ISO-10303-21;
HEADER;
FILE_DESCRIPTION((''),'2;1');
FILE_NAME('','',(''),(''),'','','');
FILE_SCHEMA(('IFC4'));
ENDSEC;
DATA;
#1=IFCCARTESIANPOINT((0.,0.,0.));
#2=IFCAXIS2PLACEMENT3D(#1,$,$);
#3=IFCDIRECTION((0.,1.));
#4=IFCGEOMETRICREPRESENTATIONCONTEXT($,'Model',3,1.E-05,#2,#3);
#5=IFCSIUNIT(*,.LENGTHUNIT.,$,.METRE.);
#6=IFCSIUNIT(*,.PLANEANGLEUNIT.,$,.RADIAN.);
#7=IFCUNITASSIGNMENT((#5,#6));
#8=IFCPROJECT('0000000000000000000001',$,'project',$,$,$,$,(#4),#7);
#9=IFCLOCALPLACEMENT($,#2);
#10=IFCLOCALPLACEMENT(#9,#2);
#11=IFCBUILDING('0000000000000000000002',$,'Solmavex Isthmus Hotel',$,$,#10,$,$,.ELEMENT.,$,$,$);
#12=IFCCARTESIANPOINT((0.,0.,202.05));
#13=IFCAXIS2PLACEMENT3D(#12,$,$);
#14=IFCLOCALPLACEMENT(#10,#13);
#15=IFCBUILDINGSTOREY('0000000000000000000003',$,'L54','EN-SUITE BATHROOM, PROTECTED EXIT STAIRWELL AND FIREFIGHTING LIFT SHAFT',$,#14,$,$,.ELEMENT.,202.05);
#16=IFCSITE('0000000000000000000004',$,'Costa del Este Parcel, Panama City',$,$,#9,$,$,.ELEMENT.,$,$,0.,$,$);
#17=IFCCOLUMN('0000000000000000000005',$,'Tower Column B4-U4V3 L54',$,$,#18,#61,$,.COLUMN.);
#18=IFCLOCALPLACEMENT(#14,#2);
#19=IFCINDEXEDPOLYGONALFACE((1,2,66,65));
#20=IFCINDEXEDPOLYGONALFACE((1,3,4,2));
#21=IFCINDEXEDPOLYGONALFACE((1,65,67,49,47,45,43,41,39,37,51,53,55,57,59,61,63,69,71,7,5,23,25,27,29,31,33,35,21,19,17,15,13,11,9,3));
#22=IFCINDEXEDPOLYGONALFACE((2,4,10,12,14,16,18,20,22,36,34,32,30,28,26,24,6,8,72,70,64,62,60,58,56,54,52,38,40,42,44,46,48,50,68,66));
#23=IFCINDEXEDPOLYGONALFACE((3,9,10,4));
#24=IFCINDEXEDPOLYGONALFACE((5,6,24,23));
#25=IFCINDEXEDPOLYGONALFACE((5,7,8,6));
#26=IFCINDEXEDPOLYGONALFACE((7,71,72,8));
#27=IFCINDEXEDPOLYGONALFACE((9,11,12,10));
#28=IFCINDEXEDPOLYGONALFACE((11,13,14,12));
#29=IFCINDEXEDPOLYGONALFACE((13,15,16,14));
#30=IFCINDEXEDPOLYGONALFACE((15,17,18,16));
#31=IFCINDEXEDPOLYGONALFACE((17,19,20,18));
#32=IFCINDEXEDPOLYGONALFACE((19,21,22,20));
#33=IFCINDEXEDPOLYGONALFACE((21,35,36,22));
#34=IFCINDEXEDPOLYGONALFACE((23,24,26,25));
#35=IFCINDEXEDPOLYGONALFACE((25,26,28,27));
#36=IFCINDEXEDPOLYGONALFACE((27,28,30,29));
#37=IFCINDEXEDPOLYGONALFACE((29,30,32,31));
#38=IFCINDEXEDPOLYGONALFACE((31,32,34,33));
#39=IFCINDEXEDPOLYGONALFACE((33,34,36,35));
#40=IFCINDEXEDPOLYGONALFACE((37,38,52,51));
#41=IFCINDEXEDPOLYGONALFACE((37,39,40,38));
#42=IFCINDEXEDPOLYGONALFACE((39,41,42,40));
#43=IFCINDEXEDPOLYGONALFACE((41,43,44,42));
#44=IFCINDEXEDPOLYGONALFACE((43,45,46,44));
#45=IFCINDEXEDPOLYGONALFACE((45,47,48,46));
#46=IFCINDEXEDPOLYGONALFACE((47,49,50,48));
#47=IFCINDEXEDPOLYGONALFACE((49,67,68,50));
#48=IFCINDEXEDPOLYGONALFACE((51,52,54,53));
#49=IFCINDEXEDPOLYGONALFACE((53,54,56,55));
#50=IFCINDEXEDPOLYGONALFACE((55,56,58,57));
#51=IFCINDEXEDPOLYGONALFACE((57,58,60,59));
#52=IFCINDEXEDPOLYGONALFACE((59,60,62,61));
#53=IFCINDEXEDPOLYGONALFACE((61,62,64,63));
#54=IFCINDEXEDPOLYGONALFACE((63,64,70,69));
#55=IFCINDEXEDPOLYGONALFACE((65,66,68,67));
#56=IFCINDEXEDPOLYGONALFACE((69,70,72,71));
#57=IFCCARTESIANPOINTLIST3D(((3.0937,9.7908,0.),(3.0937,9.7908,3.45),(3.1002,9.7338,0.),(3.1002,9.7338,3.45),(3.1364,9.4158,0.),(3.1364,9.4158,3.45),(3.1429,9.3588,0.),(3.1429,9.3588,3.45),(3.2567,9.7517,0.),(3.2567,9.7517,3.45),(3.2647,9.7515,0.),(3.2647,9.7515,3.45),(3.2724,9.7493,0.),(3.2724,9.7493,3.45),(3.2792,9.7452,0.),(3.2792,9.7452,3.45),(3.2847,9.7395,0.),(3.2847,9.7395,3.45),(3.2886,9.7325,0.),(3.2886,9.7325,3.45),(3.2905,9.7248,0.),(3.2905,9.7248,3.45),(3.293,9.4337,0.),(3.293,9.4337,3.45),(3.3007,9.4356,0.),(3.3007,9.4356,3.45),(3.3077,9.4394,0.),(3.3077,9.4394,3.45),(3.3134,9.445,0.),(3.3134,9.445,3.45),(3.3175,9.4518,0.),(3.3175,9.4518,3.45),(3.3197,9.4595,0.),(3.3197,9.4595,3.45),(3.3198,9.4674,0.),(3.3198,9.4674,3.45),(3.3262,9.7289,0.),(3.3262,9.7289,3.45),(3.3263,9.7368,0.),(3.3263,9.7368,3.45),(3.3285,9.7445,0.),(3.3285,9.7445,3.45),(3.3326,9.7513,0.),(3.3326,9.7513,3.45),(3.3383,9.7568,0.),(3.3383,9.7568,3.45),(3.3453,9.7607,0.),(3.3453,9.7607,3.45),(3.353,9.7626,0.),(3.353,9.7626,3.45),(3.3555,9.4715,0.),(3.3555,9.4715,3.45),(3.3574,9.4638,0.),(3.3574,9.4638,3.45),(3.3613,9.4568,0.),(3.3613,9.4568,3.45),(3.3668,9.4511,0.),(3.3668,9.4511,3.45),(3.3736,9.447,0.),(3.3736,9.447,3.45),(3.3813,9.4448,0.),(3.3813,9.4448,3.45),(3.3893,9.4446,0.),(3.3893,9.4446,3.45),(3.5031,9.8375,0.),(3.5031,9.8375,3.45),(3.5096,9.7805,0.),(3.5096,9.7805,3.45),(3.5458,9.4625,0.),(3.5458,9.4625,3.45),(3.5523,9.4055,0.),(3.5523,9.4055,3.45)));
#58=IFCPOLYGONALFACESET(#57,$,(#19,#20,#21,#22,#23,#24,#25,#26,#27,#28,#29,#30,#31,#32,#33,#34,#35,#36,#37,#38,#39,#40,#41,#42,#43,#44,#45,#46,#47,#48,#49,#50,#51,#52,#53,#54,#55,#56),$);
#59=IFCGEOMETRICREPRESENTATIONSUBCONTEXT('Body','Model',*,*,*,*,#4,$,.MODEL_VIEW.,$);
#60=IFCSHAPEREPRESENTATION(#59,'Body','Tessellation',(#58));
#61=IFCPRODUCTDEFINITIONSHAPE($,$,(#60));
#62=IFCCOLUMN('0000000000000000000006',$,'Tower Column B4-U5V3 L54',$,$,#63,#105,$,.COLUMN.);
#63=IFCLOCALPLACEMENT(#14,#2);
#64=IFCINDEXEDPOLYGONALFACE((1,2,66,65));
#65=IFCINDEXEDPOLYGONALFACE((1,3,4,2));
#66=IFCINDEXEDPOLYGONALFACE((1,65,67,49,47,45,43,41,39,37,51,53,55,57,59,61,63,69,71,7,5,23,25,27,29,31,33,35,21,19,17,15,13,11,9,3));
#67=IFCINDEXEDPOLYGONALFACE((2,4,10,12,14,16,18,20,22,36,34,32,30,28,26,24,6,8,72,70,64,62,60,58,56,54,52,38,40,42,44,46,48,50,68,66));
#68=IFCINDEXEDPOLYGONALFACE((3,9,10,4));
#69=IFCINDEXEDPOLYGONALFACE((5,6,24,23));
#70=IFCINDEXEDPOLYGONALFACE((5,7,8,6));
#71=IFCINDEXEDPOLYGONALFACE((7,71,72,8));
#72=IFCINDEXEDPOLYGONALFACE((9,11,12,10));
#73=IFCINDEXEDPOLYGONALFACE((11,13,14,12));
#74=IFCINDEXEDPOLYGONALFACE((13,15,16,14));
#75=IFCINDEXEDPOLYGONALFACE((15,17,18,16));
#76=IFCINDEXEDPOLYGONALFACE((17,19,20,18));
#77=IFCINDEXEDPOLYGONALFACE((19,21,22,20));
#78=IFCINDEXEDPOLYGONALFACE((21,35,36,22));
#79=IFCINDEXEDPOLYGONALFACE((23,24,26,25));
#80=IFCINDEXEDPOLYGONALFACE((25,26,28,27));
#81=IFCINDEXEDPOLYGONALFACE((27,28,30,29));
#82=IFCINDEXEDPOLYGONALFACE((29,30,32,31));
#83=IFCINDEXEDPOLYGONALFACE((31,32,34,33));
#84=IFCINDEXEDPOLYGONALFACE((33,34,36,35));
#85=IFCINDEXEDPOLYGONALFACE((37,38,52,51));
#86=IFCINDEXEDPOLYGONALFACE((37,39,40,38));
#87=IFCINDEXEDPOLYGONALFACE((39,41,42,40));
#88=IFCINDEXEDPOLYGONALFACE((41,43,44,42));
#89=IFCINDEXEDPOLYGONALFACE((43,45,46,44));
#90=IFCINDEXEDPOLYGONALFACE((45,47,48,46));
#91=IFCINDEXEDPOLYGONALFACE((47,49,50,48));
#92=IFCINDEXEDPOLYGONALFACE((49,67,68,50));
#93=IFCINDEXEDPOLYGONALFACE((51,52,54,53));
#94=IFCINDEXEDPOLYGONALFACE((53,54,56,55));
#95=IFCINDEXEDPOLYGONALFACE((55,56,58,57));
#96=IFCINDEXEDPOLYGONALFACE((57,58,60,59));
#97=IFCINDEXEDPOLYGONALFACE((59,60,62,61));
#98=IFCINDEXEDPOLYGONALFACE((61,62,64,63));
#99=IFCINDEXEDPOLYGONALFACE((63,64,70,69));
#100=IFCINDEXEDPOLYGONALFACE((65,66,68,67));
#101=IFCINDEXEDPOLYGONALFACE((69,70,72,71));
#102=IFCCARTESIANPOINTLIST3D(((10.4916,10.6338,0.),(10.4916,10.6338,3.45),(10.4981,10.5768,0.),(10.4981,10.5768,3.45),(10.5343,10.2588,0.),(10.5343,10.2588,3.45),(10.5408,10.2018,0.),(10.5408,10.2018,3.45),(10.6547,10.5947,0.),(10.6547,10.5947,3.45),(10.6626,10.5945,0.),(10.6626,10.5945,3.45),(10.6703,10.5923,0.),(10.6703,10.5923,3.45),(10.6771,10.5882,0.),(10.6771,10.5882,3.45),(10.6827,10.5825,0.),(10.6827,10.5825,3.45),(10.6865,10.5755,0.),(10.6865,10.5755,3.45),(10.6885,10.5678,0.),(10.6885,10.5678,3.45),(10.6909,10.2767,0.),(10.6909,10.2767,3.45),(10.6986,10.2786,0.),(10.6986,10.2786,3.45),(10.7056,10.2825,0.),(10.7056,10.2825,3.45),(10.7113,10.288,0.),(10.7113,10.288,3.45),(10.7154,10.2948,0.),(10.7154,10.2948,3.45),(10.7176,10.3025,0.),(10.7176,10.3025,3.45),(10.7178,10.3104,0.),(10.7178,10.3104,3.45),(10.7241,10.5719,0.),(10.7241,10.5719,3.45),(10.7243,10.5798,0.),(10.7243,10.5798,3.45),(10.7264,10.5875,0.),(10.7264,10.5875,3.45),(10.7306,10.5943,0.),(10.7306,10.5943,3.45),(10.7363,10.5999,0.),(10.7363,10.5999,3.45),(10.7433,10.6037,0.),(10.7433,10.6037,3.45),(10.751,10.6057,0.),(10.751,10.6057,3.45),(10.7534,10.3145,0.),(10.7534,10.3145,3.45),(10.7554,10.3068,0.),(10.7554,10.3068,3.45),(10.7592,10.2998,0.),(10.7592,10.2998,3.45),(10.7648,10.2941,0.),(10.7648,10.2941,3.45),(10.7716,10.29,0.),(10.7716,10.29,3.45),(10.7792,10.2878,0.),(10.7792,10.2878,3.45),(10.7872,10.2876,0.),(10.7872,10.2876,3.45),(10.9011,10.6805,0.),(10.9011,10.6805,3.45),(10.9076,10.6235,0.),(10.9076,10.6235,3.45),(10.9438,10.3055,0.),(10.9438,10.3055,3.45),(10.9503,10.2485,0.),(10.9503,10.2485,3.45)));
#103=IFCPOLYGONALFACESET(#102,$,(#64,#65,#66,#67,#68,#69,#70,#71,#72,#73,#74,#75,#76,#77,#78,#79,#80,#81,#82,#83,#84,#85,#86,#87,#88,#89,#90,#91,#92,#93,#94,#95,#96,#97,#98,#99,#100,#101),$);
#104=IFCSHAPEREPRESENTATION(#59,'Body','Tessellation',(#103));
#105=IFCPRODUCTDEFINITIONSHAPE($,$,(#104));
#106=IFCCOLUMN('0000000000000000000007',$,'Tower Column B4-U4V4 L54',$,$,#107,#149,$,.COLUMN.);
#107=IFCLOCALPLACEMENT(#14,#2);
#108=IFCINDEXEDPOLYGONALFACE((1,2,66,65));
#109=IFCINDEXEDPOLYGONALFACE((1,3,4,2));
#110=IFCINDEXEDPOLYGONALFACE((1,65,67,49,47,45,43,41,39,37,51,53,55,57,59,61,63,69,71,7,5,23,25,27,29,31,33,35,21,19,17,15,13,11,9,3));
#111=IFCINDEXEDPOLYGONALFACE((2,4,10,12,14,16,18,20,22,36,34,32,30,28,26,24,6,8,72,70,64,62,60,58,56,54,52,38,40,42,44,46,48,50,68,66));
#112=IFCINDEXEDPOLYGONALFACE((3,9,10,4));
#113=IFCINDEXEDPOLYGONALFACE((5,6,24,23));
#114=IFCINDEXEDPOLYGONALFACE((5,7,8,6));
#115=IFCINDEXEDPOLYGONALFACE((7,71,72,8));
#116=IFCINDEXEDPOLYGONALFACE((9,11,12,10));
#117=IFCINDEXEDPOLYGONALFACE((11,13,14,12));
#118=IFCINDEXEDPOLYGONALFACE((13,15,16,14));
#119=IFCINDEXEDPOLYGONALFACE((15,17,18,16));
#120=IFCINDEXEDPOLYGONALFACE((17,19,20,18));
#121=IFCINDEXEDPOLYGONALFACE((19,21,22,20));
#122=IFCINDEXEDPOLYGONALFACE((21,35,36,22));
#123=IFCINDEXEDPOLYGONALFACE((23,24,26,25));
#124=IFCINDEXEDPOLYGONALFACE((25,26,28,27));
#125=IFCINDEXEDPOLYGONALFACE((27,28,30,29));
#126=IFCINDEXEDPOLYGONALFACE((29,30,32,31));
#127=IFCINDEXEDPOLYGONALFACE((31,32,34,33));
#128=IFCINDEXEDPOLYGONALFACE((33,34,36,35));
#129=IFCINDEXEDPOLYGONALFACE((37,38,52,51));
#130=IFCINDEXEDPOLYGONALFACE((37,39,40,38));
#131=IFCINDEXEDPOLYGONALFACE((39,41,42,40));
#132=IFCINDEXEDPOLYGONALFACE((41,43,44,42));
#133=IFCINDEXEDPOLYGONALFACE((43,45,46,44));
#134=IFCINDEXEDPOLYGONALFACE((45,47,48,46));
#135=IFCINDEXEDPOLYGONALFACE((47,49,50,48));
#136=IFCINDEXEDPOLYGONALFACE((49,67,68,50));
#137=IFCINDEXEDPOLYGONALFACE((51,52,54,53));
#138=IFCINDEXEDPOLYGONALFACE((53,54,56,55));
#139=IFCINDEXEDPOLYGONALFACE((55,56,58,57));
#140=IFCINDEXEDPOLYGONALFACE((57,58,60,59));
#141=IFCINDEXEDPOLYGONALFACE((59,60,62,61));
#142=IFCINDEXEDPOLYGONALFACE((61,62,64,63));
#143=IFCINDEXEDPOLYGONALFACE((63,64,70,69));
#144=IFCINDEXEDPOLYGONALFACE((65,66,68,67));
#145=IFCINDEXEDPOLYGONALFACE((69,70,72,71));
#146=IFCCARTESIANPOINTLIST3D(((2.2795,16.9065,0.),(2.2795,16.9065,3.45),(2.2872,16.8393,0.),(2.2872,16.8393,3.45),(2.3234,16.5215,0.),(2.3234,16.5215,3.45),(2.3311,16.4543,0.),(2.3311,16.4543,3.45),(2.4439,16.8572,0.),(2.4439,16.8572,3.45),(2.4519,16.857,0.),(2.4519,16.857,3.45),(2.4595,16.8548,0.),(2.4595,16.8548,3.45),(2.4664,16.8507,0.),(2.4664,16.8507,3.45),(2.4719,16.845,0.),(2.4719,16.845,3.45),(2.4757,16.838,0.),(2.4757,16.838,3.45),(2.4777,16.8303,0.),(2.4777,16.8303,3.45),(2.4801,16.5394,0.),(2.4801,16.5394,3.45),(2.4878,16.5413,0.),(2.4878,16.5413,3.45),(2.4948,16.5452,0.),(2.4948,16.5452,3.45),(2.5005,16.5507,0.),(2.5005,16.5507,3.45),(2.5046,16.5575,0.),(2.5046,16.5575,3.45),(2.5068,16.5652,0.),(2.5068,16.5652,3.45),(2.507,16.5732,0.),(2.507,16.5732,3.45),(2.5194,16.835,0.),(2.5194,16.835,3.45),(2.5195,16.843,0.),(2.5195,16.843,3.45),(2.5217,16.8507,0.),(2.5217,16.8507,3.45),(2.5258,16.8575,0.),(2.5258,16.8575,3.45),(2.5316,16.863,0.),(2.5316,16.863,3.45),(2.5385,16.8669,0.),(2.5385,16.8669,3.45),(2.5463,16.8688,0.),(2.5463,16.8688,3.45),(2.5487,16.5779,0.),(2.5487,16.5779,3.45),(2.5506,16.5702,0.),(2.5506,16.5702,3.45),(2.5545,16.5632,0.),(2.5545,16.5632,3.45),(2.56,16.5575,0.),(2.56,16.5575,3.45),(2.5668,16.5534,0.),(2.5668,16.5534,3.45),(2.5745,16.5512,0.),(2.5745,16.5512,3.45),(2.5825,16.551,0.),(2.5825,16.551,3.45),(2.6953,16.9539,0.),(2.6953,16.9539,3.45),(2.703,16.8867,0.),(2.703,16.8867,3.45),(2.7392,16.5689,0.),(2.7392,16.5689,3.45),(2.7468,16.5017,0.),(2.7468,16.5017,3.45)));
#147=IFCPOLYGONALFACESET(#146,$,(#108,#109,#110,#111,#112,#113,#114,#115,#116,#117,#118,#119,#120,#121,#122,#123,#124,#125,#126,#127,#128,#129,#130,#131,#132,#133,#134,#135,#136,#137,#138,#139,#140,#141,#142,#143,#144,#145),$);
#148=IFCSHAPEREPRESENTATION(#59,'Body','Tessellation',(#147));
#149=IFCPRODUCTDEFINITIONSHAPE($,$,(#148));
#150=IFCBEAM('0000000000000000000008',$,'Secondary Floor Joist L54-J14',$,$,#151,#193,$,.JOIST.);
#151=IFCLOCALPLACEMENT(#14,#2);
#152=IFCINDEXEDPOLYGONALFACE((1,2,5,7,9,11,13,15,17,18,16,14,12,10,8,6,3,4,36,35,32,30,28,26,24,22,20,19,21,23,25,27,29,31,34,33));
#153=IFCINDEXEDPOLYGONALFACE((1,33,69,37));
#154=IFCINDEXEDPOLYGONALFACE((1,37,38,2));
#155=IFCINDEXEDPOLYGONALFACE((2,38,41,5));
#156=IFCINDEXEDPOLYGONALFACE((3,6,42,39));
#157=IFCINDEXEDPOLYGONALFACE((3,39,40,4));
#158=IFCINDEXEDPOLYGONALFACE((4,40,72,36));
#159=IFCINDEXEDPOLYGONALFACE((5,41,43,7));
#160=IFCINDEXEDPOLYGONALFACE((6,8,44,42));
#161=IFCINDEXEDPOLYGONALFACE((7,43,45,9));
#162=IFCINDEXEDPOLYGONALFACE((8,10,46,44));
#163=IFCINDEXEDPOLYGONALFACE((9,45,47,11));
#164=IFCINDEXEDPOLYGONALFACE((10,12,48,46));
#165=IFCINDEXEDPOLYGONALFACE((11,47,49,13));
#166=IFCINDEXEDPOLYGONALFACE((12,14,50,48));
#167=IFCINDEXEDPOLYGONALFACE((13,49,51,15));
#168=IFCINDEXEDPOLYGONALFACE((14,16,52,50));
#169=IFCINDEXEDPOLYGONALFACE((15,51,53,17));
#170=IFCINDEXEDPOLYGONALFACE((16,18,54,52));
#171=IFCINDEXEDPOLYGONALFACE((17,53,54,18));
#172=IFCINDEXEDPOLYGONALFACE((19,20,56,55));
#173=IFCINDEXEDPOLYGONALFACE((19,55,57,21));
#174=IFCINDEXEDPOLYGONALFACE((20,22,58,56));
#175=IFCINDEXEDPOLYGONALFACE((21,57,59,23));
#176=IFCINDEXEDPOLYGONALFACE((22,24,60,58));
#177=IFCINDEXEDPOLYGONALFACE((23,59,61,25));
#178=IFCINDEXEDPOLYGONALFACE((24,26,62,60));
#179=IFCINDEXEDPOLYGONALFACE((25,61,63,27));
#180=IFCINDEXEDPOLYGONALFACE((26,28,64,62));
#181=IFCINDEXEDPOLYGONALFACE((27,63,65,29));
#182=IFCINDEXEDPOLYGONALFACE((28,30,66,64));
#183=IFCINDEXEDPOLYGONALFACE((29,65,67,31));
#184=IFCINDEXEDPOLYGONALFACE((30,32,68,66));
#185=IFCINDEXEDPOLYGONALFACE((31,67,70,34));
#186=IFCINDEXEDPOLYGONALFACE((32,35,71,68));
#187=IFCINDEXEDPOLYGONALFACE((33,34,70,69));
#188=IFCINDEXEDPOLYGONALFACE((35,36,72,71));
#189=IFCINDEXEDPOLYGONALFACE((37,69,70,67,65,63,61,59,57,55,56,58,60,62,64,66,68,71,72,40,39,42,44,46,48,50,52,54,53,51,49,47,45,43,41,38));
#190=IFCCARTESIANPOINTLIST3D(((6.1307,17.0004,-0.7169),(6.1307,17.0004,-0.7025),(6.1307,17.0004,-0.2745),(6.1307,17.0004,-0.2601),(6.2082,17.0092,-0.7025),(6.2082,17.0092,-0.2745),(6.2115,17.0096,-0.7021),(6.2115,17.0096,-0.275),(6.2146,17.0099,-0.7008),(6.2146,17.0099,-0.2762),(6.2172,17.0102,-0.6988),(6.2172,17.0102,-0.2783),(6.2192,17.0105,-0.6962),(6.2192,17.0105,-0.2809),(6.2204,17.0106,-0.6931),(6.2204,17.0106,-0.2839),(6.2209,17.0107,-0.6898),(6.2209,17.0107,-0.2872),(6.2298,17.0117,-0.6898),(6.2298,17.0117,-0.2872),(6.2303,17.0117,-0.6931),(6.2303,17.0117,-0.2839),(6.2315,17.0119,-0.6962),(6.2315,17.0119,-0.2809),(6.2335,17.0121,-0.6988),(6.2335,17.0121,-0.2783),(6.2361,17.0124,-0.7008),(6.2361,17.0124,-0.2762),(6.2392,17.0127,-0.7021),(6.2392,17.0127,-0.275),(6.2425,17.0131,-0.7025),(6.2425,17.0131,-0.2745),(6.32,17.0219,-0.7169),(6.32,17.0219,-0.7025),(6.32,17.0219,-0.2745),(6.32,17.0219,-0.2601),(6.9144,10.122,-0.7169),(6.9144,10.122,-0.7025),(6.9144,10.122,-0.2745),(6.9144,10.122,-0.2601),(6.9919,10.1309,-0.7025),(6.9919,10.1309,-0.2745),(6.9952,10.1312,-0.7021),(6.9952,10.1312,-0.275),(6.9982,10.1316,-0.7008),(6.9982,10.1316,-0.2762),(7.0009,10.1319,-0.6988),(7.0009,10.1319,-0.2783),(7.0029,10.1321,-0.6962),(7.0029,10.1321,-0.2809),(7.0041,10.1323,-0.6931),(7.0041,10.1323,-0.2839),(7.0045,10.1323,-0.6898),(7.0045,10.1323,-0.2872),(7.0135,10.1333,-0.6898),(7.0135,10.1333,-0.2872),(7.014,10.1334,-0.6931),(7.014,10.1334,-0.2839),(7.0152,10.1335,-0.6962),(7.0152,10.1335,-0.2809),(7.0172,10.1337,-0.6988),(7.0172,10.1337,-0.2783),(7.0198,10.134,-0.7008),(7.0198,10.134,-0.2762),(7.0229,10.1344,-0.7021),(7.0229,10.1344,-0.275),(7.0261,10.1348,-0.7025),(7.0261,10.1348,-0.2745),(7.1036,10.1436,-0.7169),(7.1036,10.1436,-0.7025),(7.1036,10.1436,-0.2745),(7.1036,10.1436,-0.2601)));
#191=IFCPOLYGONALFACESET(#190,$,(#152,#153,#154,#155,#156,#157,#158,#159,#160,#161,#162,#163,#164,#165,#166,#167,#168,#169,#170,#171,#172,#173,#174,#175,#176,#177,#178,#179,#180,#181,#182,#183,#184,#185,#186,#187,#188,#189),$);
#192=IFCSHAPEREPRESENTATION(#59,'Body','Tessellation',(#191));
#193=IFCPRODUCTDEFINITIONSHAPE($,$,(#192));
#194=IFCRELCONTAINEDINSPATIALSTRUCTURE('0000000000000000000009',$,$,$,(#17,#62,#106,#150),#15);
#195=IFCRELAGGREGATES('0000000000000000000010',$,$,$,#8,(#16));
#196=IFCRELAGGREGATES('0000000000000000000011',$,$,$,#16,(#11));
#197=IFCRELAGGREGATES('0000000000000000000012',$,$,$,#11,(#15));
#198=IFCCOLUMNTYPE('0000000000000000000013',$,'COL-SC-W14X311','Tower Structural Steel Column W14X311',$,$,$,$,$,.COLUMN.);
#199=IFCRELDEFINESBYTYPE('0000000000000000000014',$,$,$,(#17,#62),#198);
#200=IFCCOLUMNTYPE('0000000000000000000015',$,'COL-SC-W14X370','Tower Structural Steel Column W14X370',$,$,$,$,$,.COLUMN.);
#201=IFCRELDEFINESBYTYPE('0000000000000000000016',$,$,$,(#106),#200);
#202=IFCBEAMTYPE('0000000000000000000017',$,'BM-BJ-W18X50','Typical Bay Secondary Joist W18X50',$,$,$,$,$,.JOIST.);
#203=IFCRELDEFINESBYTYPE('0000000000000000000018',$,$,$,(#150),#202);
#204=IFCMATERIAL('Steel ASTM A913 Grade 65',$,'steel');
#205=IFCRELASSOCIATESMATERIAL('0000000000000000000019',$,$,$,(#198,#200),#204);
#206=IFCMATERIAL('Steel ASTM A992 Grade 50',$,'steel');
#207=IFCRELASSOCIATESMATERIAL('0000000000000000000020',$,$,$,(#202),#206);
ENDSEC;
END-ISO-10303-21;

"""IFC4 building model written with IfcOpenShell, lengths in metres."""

from ifc_helpers import new_model, si_unit, direction, frame, origin, origin_2d, place, context, subcontext, project, spatial, i_section, extrude, material, material_profile, profile_set, type_object, element, save


model = new_model("IFC4")

# Units and contexts
model_context = context("Model", 3, precision=1e-05, world=origin(), true_north=direction((0.0, 1.0)))
body_context = subcontext(model_context, "Body", "Model", "MODEL_VIEW")
ifc_project = project(units=[si_unit("LENGTHUNIT", "METRE"), si_unit("PLANEANGLEUNIT", "RADIAN")], contexts=[model_context])

# Site, building, storey
site_placement = place(None, origin())
site = spatial("IfcSite", under=ifc_project, at=site_placement, Name="Costa del Este Parcel, Panama City", CompositionType="ELEMENT", RefElevation=0.0)
building_placement = place(site_placement, origin())
building = spatial("IfcBuilding", under=site, at=building_placement, Name="Solmavex Isthmus Hotel", CompositionType="ELEMENT")
storey_placement = place(building_placement, frame((0.0, 0.0, 202.05)))
storey = spatial("IfcBuildingStorey", under=building, at=storey_placement, Name="L54", Description="EN-SUITE BATHROOM, PROTECTED EXIT STAIRWELL AND FIREFIGHTING LIFT SHAFT", CompositionType="ELEMENT", Elevation=202.05)

# Columns
ifc_material_1 = material(Name="Steel ASTM A913 Grade 65", Category="steel")
ifc_material_profile_1 = material_profile(ifc_material_1, i_section(OverallWidth=0.4121, OverallDepth=0.4348, WebThickness=0.0359, FlangeThickness=0.0574, FilletRadius=0.0305, at=origin_2d()), Name="W14X311")
ifc_profile_set_1 = profile_set([ifc_material_profile_1], Name="Steel ASTM A913 Grade 65")
column_type_1 = type_object("IfcColumnType", Name="COL-SC-W14X311", Description="Tower Structural Steel Column W14X311", PredefinedType="COLUMN", material=ifc_profile_set_1)
for number, where, z_axis, x_axis, name in (
    (1, (3.323, 9.5981, 0.0), (0.0, 0.0, 1.0), (0.993572, 0.113203, 0.0), "Tower Column B4-U4V3 L54"),
    (2, (10.7209, 10.4412, 0.0), (0.0, 0.0, 1.0), (0.993572, 0.113203, 0.0), "Tower Column B4-U5V3 L54"),
):
    element("IfcColumn", number, at=place(storey_placement, frame(where, z_axis=z_axis, x_axis=x_axis)), inside=storey, type_object=column_type_1, Name=name, PredefinedType="COLUMN", context=body_context, shape_type="SweptSolid", body=[
        extrude(i_section(OverallWidth=0.4121, OverallDepth=0.4348, WebThickness=0.0359, FlangeThickness=0.0574, FilletRadius=0.0305, at=origin_2d()), origin(), (0.0, 0.0, 1.0), 3.45),
    ])
ifc_material_profile_2 = material_profile(ifc_material_1, i_section(OverallWidth=0.4185, OverallDepth=0.4551, WebThickness=0.042, FlangeThickness=0.0676, FilletRadius=0.0305, at=origin_2d()), Name="W14X370")
ifc_profile_set_2 = profile_set([ifc_material_profile_2], Name="Steel ASTM A913 Grade 65")
column_type_2 = type_object("IfcColumnType", Name="COL-SC-W14X370", Description="Tower Structural Steel Column W14X370", PredefinedType="COLUMN", material=ifc_profile_set_2)
column_placement = place(storey_placement, frame((2.5132, 16.7041, 0.0), z_axis=(0.0, 0.0, 1.0), x_axis=(0.993572, 0.113203, 0.0)))
element("IfcColumn", 3, at=column_placement, inside=storey, type_object=column_type_2, Name="Tower Column B4-U4V4 L54", PredefinedType="COLUMN", context=body_context, shape_type="SweptSolid", body=[
    extrude(i_section(OverallWidth=0.4185, OverallDepth=0.4551, WebThickness=0.042, FlangeThickness=0.0676, FilletRadius=0.0305, at=origin_2d()), origin(), (0.0, 0.0, 1.0), 3.45),
])

# Beam
ifc_material_2 = material(Name="Steel ASTM A992 Grade 50", Category="steel")
ifc_material_profile_3 = material_profile(ifc_material_2, i_section(OverallWidth=0.1904, OverallDepth=0.4568, WebThickness=0.009, FlangeThickness=0.0144, FilletRadius=0.0127, at=origin_2d()), Name="W18X50")
ifc_profile_set_3 = profile_set([ifc_material_profile_3], Name="Steel ASTM A992 Grade 50")
beam_type_1 = type_object("IfcBeamType", Name="BM-BJ-W18X50", Description="Typical Bay Secondary Joist W18X50", PredefinedType="JOIST", material=ifc_profile_set_3)
for number, where, z_axis, x_axis, name in (
    (4, (7.009, 10.1328, -0.4885), (-0.113202, 0.993572, 0.0), (-0.993572, -0.113202, 0.0), "Secondary Floor Joist L54-J14"),
):
    element("IfcBeam", number, at=place(storey_placement, frame(where, z_axis=z_axis, x_axis=x_axis)), inside=storey, type_object=beam_type_1, Name=name, PredefinedType="JOIST", context=body_context, shape_type="SweptSolid", body=[
        extrude(i_section(OverallWidth=0.1904, OverallDepth=0.4568, WebThickness=0.009, FlangeThickness=0.0144, FilletRadius=0.0127, at=origin_2d()), origin(), (0.0, 0.0, 1.0), 6.9229),
    ])

save(model, "model.ifc")
